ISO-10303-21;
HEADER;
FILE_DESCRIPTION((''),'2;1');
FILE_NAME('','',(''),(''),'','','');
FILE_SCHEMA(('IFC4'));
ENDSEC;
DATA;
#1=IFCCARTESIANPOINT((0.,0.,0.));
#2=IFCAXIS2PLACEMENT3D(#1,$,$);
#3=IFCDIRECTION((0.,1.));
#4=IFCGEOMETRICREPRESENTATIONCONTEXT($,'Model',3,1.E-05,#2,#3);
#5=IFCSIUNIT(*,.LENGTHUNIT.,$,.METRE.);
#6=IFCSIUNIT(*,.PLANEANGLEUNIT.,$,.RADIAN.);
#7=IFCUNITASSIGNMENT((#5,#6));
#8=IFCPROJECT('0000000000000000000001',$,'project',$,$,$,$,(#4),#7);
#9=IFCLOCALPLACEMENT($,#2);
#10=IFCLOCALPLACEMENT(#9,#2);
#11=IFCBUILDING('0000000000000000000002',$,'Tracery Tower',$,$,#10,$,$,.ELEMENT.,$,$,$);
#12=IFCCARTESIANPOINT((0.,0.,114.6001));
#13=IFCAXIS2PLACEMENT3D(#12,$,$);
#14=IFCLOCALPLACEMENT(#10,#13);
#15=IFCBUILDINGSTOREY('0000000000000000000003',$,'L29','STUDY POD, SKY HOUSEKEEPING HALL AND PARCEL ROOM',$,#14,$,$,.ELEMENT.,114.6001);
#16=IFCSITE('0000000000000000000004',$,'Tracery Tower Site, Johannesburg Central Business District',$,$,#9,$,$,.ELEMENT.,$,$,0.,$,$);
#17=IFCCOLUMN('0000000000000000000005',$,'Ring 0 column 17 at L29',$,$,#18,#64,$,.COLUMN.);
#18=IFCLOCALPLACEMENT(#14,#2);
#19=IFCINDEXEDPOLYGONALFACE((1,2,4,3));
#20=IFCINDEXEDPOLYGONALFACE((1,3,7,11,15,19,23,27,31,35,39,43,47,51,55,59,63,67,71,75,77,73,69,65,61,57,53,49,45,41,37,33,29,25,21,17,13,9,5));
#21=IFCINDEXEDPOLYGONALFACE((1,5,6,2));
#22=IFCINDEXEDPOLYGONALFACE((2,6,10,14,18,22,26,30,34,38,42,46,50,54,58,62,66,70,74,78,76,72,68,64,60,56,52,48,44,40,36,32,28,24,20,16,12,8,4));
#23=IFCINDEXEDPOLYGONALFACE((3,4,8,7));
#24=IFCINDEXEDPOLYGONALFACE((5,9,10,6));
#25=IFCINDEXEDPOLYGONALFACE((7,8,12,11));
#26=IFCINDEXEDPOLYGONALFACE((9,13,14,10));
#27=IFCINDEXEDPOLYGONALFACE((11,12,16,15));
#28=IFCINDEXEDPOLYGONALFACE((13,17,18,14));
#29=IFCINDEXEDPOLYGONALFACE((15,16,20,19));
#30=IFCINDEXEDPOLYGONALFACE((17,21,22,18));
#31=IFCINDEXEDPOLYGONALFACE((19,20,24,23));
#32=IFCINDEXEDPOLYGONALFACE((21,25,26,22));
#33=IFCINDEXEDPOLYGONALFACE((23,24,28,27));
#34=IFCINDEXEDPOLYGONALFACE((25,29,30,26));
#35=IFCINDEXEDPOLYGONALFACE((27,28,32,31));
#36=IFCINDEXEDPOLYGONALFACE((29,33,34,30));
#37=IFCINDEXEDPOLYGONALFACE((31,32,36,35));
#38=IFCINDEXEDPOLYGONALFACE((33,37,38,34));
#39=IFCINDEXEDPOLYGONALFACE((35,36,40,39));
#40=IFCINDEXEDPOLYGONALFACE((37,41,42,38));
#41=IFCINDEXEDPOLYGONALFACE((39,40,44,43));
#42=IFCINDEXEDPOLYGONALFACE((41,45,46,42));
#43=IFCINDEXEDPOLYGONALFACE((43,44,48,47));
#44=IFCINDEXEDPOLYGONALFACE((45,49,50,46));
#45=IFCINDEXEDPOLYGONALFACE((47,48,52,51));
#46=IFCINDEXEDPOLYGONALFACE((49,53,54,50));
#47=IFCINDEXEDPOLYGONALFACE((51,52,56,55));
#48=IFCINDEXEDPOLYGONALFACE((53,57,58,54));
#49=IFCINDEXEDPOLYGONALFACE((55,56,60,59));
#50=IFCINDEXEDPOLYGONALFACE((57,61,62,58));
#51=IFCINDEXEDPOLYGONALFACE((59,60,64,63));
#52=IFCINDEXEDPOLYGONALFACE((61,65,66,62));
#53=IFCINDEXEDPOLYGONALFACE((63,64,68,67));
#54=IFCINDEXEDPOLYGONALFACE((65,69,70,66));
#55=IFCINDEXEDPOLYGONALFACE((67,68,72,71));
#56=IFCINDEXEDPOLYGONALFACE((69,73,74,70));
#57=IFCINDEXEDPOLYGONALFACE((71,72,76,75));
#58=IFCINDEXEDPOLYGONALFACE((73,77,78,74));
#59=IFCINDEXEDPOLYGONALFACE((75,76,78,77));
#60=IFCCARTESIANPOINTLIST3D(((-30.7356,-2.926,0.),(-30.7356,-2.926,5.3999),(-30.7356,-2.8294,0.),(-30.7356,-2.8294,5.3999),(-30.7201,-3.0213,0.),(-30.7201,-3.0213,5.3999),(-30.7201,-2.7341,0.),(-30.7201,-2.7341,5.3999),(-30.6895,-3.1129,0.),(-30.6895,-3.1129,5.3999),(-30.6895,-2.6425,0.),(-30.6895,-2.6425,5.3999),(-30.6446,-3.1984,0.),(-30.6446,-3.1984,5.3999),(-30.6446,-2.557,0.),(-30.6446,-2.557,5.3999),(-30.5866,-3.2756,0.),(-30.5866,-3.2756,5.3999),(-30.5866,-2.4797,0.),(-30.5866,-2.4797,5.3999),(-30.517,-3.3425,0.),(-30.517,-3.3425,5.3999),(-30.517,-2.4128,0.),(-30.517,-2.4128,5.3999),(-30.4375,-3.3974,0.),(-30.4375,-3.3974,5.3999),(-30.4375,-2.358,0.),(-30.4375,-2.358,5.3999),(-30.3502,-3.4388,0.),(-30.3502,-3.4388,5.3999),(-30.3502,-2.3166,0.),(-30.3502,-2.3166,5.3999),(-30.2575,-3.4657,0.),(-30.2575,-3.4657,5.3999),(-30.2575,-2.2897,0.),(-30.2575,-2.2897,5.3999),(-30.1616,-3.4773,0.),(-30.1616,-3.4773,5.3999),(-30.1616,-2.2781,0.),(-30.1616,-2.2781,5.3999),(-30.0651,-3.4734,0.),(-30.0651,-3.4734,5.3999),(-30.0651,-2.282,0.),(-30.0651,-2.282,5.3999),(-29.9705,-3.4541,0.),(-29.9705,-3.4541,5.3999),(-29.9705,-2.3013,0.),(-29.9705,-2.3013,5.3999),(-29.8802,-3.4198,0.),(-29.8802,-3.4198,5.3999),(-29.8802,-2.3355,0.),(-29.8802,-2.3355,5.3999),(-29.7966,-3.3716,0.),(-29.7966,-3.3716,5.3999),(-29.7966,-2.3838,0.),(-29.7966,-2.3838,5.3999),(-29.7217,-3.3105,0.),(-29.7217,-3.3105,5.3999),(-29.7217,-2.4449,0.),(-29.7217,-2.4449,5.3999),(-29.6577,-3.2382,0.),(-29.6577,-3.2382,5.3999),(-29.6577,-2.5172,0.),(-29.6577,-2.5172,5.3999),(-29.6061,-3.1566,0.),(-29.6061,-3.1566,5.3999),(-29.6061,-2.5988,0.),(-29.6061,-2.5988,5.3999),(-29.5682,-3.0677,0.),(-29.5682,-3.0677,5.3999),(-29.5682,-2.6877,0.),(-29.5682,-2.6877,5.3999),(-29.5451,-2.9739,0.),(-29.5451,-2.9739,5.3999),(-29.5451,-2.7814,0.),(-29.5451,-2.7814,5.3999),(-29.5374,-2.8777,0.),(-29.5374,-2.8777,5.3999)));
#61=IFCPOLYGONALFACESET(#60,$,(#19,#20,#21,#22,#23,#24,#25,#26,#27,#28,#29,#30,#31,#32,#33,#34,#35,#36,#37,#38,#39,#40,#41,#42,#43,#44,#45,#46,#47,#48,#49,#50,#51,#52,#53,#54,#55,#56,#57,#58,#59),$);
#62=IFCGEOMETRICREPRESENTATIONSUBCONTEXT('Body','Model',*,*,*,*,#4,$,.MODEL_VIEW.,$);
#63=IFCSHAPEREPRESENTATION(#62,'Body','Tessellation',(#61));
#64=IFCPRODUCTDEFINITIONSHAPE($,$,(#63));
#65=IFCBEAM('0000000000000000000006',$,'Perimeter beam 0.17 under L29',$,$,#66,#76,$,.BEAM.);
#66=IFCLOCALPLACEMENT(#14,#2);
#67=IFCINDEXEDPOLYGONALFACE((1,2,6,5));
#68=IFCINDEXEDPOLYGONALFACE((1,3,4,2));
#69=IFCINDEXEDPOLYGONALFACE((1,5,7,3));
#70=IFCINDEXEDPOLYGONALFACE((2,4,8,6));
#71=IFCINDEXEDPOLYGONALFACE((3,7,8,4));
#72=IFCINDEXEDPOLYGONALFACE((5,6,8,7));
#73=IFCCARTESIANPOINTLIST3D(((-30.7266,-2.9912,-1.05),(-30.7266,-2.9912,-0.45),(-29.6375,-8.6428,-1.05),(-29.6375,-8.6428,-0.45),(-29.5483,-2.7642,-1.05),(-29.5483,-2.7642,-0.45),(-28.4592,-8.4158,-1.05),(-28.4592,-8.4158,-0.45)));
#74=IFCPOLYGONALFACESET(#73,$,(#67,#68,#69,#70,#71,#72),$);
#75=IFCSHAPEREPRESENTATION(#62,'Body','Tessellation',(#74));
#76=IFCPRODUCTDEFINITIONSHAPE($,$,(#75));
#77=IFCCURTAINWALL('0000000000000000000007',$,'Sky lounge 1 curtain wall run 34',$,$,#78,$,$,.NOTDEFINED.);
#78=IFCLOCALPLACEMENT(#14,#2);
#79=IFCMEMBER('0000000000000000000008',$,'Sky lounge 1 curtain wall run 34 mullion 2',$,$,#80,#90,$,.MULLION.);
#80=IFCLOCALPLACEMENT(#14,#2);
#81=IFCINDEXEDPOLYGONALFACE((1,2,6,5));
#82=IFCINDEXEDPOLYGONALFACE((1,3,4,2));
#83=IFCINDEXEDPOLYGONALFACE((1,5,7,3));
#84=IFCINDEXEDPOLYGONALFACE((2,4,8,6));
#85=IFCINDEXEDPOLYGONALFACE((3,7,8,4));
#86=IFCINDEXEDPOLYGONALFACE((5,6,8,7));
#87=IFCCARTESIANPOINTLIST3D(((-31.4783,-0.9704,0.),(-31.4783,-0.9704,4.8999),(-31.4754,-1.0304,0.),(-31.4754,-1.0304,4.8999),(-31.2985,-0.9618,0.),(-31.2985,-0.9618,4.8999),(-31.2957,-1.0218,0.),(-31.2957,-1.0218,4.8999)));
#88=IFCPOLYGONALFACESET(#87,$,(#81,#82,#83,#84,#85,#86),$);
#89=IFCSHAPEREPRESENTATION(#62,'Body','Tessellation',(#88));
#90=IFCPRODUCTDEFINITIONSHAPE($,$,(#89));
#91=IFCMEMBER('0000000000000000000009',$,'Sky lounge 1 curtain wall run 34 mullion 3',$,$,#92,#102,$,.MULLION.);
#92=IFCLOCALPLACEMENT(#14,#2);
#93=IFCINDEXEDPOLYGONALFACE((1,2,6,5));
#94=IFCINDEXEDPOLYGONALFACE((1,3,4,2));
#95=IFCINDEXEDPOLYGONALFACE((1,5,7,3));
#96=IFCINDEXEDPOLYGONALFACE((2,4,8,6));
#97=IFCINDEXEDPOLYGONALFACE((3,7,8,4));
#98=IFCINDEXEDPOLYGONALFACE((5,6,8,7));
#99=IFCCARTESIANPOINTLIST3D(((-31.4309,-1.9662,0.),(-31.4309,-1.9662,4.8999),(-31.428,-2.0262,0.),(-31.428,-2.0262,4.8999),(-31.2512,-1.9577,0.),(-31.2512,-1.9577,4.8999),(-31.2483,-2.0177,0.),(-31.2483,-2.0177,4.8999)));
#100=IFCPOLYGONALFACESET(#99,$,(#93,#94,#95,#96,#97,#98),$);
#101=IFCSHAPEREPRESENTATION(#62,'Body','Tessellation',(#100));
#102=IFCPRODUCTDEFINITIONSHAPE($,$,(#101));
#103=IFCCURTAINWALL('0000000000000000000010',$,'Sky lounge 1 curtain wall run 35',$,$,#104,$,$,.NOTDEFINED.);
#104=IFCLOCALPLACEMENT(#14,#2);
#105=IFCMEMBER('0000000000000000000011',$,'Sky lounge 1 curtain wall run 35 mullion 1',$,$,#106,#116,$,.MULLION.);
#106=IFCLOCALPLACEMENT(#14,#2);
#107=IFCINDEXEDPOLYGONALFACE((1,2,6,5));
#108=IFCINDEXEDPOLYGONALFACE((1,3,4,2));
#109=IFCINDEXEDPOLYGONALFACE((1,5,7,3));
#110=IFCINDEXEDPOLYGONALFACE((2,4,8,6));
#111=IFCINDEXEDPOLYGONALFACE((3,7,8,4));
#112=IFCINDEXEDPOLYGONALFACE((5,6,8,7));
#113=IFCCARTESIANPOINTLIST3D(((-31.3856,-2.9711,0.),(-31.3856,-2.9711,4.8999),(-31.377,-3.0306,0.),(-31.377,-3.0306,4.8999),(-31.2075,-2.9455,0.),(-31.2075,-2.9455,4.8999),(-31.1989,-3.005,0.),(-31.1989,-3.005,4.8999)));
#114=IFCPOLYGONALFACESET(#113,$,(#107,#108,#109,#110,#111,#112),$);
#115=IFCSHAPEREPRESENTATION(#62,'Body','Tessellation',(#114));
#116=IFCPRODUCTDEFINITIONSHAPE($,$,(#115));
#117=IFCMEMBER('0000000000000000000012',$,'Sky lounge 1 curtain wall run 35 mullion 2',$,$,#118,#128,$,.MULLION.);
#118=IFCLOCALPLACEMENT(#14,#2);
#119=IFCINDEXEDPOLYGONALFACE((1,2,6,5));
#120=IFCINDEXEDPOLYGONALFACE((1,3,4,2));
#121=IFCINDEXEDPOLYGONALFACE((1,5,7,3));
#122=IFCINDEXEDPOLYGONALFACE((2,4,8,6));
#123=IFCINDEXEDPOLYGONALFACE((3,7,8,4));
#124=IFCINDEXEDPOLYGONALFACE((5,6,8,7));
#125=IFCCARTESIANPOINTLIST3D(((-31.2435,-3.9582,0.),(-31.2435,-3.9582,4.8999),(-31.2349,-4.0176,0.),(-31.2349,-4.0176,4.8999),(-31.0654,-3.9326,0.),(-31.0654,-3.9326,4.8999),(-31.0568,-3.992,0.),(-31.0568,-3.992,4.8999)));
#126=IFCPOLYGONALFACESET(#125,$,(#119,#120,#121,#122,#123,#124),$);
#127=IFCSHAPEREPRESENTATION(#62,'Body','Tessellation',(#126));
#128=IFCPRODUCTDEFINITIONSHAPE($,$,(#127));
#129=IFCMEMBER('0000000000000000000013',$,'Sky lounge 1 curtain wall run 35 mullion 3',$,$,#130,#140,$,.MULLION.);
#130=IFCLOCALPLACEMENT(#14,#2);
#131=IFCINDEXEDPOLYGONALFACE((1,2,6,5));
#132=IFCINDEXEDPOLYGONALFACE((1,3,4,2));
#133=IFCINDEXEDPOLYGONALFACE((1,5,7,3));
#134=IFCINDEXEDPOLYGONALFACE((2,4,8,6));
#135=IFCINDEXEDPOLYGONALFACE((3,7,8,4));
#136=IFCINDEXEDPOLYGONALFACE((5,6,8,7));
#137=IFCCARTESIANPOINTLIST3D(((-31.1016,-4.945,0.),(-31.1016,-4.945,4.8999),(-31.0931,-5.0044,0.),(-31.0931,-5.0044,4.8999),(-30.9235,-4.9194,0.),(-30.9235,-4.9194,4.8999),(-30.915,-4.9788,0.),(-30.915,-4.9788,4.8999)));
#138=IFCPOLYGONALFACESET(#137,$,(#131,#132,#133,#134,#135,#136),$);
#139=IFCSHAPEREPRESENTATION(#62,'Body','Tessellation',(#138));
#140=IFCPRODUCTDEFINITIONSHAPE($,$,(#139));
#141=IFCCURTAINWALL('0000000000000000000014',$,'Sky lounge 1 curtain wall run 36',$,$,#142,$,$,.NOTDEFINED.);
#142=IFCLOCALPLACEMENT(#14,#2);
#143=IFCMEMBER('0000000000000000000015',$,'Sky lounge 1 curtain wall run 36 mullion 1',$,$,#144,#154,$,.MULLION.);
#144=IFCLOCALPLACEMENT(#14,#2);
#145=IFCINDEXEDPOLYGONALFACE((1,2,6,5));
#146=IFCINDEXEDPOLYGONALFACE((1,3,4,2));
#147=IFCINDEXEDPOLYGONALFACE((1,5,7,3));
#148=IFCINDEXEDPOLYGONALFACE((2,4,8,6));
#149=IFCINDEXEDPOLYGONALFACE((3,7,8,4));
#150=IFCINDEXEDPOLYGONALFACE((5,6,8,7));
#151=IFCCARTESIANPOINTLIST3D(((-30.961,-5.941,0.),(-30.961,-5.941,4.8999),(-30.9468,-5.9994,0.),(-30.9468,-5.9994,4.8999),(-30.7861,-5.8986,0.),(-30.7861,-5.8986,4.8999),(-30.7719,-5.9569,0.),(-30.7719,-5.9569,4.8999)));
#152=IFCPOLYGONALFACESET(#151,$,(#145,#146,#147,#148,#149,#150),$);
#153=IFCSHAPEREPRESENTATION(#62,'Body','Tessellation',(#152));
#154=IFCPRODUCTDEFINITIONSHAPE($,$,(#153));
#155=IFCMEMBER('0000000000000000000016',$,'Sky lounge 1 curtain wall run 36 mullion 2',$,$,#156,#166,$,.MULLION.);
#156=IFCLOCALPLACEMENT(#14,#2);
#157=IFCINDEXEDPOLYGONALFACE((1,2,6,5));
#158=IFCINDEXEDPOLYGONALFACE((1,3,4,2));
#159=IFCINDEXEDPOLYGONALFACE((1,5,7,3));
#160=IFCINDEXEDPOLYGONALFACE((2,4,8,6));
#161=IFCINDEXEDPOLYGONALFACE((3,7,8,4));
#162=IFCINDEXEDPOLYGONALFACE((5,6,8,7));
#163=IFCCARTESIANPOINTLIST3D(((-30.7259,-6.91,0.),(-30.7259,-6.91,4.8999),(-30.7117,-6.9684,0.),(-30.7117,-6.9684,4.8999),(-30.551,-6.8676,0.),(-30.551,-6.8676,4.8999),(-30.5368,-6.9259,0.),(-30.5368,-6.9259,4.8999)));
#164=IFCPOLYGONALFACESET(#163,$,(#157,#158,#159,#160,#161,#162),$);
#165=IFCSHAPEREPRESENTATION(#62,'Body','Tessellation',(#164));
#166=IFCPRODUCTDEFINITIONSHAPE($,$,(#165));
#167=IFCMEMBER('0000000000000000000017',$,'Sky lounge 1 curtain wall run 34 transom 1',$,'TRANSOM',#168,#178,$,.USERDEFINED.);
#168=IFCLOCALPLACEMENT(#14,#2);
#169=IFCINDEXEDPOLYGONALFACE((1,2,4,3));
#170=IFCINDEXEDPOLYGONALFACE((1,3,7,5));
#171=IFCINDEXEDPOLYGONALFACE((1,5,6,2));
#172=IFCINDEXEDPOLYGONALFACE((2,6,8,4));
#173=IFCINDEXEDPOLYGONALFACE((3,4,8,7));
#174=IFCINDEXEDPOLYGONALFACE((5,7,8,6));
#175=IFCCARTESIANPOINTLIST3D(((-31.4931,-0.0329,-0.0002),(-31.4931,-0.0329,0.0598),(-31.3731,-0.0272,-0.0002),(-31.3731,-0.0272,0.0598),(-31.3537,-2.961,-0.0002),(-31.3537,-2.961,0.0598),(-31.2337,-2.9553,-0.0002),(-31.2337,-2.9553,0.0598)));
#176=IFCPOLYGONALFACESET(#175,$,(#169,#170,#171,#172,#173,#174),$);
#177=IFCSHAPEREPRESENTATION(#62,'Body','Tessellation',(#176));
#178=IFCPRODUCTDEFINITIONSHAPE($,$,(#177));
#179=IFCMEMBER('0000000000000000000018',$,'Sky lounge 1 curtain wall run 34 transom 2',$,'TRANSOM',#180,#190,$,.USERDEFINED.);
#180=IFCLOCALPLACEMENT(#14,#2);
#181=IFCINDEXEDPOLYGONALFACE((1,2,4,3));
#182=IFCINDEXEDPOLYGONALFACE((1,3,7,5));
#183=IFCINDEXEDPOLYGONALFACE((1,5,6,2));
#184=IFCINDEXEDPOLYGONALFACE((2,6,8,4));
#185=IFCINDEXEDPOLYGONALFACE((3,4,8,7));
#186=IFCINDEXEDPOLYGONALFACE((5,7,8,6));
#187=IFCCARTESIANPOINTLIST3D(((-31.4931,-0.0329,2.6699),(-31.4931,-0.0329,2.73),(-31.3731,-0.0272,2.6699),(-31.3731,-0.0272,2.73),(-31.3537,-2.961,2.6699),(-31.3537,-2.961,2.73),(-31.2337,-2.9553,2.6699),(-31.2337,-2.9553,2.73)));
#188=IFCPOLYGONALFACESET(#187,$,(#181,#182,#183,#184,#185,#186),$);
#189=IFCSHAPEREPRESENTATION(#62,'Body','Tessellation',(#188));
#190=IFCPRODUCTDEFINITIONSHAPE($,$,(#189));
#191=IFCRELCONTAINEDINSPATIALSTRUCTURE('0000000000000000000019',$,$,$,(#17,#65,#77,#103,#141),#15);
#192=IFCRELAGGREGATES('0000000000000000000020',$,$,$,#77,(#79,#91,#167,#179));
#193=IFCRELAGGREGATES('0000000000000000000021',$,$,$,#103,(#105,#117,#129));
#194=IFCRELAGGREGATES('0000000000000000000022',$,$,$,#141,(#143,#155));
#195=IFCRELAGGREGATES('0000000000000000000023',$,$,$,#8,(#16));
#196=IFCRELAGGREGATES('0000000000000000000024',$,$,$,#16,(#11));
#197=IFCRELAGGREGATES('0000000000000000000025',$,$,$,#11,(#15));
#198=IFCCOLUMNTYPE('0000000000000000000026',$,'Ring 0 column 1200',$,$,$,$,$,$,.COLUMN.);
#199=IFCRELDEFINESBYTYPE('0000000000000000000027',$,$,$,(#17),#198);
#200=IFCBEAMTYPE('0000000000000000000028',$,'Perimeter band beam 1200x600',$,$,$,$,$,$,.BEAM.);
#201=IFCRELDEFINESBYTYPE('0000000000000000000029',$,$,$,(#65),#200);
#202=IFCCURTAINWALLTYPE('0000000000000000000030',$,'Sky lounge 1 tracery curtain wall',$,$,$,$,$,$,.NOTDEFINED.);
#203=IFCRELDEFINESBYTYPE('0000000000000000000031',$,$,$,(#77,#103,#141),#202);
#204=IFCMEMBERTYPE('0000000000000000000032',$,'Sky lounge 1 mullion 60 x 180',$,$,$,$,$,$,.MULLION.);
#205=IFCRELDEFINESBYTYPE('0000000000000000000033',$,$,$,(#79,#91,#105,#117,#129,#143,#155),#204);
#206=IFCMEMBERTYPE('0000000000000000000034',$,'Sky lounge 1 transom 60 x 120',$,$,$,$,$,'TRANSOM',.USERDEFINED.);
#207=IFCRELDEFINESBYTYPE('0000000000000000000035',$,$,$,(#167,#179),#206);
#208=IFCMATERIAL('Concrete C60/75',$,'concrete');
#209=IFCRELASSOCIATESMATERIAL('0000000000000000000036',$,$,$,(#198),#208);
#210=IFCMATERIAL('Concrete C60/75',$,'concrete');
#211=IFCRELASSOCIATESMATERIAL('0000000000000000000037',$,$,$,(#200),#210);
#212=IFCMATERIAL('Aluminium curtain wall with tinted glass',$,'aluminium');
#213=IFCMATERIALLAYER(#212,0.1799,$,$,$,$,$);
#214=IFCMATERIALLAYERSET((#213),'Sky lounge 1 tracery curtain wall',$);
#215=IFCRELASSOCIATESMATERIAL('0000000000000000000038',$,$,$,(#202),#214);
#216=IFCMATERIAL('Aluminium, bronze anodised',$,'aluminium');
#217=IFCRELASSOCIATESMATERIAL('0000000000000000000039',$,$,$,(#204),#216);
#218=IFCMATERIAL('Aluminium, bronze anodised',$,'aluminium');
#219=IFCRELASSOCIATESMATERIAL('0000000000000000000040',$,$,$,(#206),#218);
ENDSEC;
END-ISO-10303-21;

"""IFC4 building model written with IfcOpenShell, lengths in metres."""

from ifc_helpers import new_model, si_unit, direction, frame, origin, origin_2d, place, context, subcontext, project, spatial, rectangle, circle, extrude, material, layer, layer_set, material_profile, profile_set, type_object, element, aggregate, save


model = new_model("IFC4")

# Units and contexts
model_context = context("Model", 3, precision=1e-05, world=origin(), true_north=direction((0.0, 1.0)))
body_context = subcontext(model_context, "Body", "Model", "MODEL_VIEW")
ifc_project = project(units=[si_unit("LENGTHUNIT", "METRE"), si_unit("PLANEANGLEUNIT", "RADIAN")], contexts=[model_context])

# Site, building, storey
site_placement = place(None, origin())
site = spatial("IfcSite", under=ifc_project, at=site_placement, Name="Tracery Tower Site, Johannesburg Central Business District", CompositionType="ELEMENT", RefElevation=0.0)
building_placement = place(site_placement, origin())
building = spatial("IfcBuilding", under=site, at=building_placement, Name="Tracery Tower", CompositionType="ELEMENT")
storey_placement = place(building_placement, frame((0.0, 0.0, 114.6001)))
storey = spatial("IfcBuildingStorey", under=building, at=storey_placement, Name="L29", Description="STUDY POD, SKY HOUSEKEEPING HALL AND PARCEL ROOM", CompositionType="ELEMENT", Elevation=114.6001)

# Column
ifc_material_1 = material(Name="Concrete C60/75", Category="concrete")
ifc_material_profile_1 = material_profile(ifc_material_1, circle(Radius=0.6001, at=origin_2d()), Name="RC D1200")
ifc_profile_set_1 = profile_set([ifc_material_profile_1], Name="Concrete C60/75")
column_type = type_object("IfcColumnType", Name="Ring 0 column 1200", PredefinedType="COLUMN", material=ifc_profile_set_1)
column_placement = place(storey_placement, frame((-30.1375, -2.8777, 0.0), z_axis=(0.0, 0.0, 1.0), x_axis=(1.0, 0.0, 0.0)))
element("IfcColumn", 1, at=column_placement, inside=storey, type_object=column_type, Name="Ring 0 column 17 at L29", PredefinedType="COLUMN", context=body_context, shape_type="SweptSolid", body=[
    extrude(circle(Radius=0.6001, at=origin_2d()), origin(), (0.0, 0.0, 1.0), 5.3999),
])

# Beam
ifc_material_2 = material(Name="Concrete C60/75", Category="concrete")
ifc_material_profile_2 = material_profile(ifc_material_2, rectangle(XDim=1.2, YDim=0.6001, at=origin_2d()), Name="RC 1200x600")
ifc_profile_set_2 = profile_set([ifc_material_profile_2], Name="Concrete C60/75")
beam_type = type_object("IfcBeamType", Name="Perimeter band beam 1200x600", PredefinedType="BEAM", material=ifc_profile_set_2)
beam_placement = place(storey_placement, frame((-30.1375, -2.8777, -0.75), z_axis=(0.189227, -0.981933, 0.0), x_axis=(0.981933, 0.189227, 0.0)))
element("IfcBeam", 2, at=beam_placement, inside=storey, type_object=beam_type, Name="Perimeter beam 0.17 under L29", PredefinedType="BEAM", context=body_context, shape_type="SweptSolid", body=[
    extrude(rectangle(XDim=1.2, YDim=0.6001, at=origin_2d()), origin(), (0.0, 0.0, 1.0), 5.7556),
])

# Curtain walls, members
ifc_material_3 = material(Name="Aluminium curtain wall with tinted glass", Category="aluminium")
ifc_layer_1 = layer(ifc_material_3, 0.1799)
ifc_layer_set_1 = layer_set([ifc_layer_1], Name="Sky lounge 1 tracery curtain wall")
curtain_wall_type = type_object("IfcCurtainWallType", Name="Sky lounge 1 tracery curtain wall", PredefinedType="NOTDEFINED", material=ifc_layer_set_1)
curtain_wall_1_placement = place(storey_placement, origin())
curtain_wall_1 = element("IfcCurtainWall", 3, at=curtain_wall_1_placement, inside=storey, type_object=curtain_wall_type, Name="Sky lounge 1 curtain wall run 34", PredefinedType="NOTDEFINED")
ifc_material_4 = material(Name="Aluminium, bronze anodised", Category="aluminium")
ifc_material_profile_3 = material_profile(ifc_material_4, rectangle(XDim=0.1799, YDim=0.0601, at=origin_2d()), Name="AL 60x180")
ifc_profile_set_3 = profile_set([ifc_material_profile_3], Name="Aluminium, bronze anodised")
member_type_1 = type_object("IfcMemberType", Name="Sky lounge 1 mullion 60 x 180", PredefinedType="MULLION", material=ifc_profile_set_3)
member_1_placement = place(storey_placement, frame((-31.387, -0.9961, 0.0), z_axis=(0.0, 0.0, 1.0), x_axis=(0.998867, 0.047582, 0.0)))
member_1 = element("IfcMember", 4, at=member_1_placement, type_object=member_type_1, Name="Sky lounge 1 curtain wall run 34 mullion 2", PredefinedType="MULLION", context=body_context, shape_type="SweptSolid", body=[
    extrude(rectangle(XDim=0.1799, YDim=0.0601, at=origin_2d()), origin(), (0.0, 0.0, 1.0), 4.8999),
])
member_2_placement = place(storey_placement, frame((-31.3396, -1.9919, 0.0), z_axis=(0.0, 0.0, 1.0), x_axis=(0.998867, 0.047582, 0.0)))
member_2 = element("IfcMember", 5, at=member_2_placement, type_object=member_type_1, Name="Sky lounge 1 curtain wall run 34 mullion 3", PredefinedType="MULLION", context=body_context, shape_type="SweptSolid", body=[
    extrude(rectangle(XDim=0.1799, YDim=0.0601, at=origin_2d()), origin(), (0.0, 0.0, 1.0), 4.8999),
])
curtain_wall_2_placement = place(storey_placement, origin())
curtain_wall_2 = element("IfcCurtainWall", 6, at=curtain_wall_2_placement, inside=storey, type_object=curtain_wall_type, Name="Sky lounge 1 curtain wall run 35", PredefinedType="NOTDEFINED")
member_3_placement = place(storey_placement, frame((-31.2922, -2.988, 0.0), z_axis=(0.0, 0.0, 1.0), x_axis=(0.989821, 0.142315, 0.0)))
member_3 = element("IfcMember", 7, at=member_3_placement, type_object=member_type_1, Name="Sky lounge 1 curtain wall run 35 mullion 1", PredefinedType="MULLION", context=body_context, shape_type="SweptSolid", body=[
    extrude(rectangle(XDim=0.1799, YDim=0.0601, at=origin_2d()), origin(), (0.0, 0.0, 1.0), 4.8999),
])
member_4_placement = place(storey_placement, frame((-31.1501, -3.9751, 0.0), z_axis=(0.0, 0.0, 1.0), x_axis=(0.989821, 0.142315, 0.0)))
member_4 = element("IfcMember", 8, at=member_4_placement, type_object=member_type_1, Name="Sky lounge 1 curtain wall run 35 mullion 2", PredefinedType="MULLION", context=body_context, shape_type="SweptSolid", body=[
    extrude(rectangle(XDim=0.1799, YDim=0.0601, at=origin_2d()), origin(), (0.0, 0.0, 1.0), 4.8999),
])
member_5_placement = place(storey_placement, frame((-31.0083, -4.9619, 0.0), z_axis=(0.0, 0.0, 1.0), x_axis=(0.989821, 0.142315, 0.0)))
member_5 = element("IfcMember", 9, at=member_5_placement, type_object=member_type_1, Name="Sky lounge 1 curtain wall run 35 mullion 3", PredefinedType="MULLION", context=body_context, shape_type="SweptSolid", body=[
    extrude(rectangle(XDim=0.1799, YDim=0.0601, at=origin_2d()), origin(), (0.0, 0.0, 1.0), 4.8999),
])
curtain_wall_3_placement = place(storey_placement, origin())
curtain_wall_3 = element("IfcCurtainWall", 10, at=curtain_wall_3_placement, inside=storey, type_object=curtain_wall_type, Name="Sky lounge 1 curtain wall run 36", PredefinedType="NOTDEFINED")
member_6_placement = place(storey_placement, frame((-30.8665, -5.949, 0.0), z_axis=(0.0, 0.0, 1.0), x_axis=(0.971812, 0.235759, 0.0)))
member_6 = element("IfcMember", 11, at=member_6_placement, type_object=member_type_1, Name="Sky lounge 1 curtain wall run 36 mullion 1", PredefinedType="MULLION", context=body_context, shape_type="SweptSolid", body=[
    extrude(rectangle(XDim=0.1799, YDim=0.0601, at=origin_2d()), origin(), (0.0, 0.0, 1.0), 4.8999),
])
member_7_placement = place(storey_placement, frame((-30.6313, -6.918, 0.0), z_axis=(0.0, 0.0, 1.0), x_axis=(0.971812, 0.235759, 0.0)))
member_7 = element("IfcMember", 12, at=member_7_placement, type_object=member_type_1, Name="Sky lounge 1 curtain wall run 36 mullion 2", PredefinedType="MULLION", context=body_context, shape_type="SweptSolid", body=[
    extrude(rectangle(XDim=0.1799, YDim=0.0601, at=origin_2d()), origin(), (0.0, 0.0, 1.0), 4.8999),
])

# Members
ifc_material_5 = material(Name="Aluminium, bronze anodised", Category="aluminium")
ifc_material_profile_4 = material_profile(ifc_material_5, rectangle(XDim=0.1201, YDim=0.0601, at=origin_2d()), Name="AL 60x120")
ifc_profile_set_4 = profile_set([ifc_material_profile_4], Name="Aluminium, bronze anodised")
member_type_2 = type_object("IfcMemberType", Name="Sky lounge 1 transom 60 x 120", ElementType="TRANSOM", PredefinedType="USERDEFINED", material=ifc_profile_set_4)
member_8_placement = place(storey_placement, frame((-31.4331, -0.03, 0.0298), z_axis=(0.047557, -0.998869, 0.0), x_axis=(0.998869, 0.047557, 0.0)))
member_8 = element("IfcMember", 13, at=member_8_placement, type_object=member_type_2, Name="Sky lounge 1 curtain wall run 34 transom 1", ObjectType="TRANSOM", PredefinedType="USERDEFINED", context=body_context, shape_type="SweptSolid", body=[
    extrude(rectangle(XDim=0.1201, YDim=0.0601, at=origin_2d()), origin(), (0.0, 0.0, 1.0), 2.9314),
])
member_9_placement = place(storey_placement, frame((-31.4331, -0.03, 2.7), z_axis=(0.047557, -0.998869, 0.0), x_axis=(0.998869, 0.047557, 0.0)))
member_9 = element("IfcMember", 14, at=member_9_placement, type_object=member_type_2, Name="Sky lounge 1 curtain wall run 34 transom 2", ObjectType="TRANSOM", PredefinedType="USERDEFINED", context=body_context, shape_type="SweptSolid", body=[
    extrude(rectangle(XDim=0.1201, YDim=0.0601, at=origin_2d()), origin(), (0.0, 0.0, 1.0), 2.9314),
])

aggregate(curtain_wall_1, [member_1, member_2, member_8, member_9])
aggregate(curtain_wall_2, [member_3, member_4, member_5])
aggregate(curtain_wall_3, [member_6, member_7])

save(model, "model.ifc")
